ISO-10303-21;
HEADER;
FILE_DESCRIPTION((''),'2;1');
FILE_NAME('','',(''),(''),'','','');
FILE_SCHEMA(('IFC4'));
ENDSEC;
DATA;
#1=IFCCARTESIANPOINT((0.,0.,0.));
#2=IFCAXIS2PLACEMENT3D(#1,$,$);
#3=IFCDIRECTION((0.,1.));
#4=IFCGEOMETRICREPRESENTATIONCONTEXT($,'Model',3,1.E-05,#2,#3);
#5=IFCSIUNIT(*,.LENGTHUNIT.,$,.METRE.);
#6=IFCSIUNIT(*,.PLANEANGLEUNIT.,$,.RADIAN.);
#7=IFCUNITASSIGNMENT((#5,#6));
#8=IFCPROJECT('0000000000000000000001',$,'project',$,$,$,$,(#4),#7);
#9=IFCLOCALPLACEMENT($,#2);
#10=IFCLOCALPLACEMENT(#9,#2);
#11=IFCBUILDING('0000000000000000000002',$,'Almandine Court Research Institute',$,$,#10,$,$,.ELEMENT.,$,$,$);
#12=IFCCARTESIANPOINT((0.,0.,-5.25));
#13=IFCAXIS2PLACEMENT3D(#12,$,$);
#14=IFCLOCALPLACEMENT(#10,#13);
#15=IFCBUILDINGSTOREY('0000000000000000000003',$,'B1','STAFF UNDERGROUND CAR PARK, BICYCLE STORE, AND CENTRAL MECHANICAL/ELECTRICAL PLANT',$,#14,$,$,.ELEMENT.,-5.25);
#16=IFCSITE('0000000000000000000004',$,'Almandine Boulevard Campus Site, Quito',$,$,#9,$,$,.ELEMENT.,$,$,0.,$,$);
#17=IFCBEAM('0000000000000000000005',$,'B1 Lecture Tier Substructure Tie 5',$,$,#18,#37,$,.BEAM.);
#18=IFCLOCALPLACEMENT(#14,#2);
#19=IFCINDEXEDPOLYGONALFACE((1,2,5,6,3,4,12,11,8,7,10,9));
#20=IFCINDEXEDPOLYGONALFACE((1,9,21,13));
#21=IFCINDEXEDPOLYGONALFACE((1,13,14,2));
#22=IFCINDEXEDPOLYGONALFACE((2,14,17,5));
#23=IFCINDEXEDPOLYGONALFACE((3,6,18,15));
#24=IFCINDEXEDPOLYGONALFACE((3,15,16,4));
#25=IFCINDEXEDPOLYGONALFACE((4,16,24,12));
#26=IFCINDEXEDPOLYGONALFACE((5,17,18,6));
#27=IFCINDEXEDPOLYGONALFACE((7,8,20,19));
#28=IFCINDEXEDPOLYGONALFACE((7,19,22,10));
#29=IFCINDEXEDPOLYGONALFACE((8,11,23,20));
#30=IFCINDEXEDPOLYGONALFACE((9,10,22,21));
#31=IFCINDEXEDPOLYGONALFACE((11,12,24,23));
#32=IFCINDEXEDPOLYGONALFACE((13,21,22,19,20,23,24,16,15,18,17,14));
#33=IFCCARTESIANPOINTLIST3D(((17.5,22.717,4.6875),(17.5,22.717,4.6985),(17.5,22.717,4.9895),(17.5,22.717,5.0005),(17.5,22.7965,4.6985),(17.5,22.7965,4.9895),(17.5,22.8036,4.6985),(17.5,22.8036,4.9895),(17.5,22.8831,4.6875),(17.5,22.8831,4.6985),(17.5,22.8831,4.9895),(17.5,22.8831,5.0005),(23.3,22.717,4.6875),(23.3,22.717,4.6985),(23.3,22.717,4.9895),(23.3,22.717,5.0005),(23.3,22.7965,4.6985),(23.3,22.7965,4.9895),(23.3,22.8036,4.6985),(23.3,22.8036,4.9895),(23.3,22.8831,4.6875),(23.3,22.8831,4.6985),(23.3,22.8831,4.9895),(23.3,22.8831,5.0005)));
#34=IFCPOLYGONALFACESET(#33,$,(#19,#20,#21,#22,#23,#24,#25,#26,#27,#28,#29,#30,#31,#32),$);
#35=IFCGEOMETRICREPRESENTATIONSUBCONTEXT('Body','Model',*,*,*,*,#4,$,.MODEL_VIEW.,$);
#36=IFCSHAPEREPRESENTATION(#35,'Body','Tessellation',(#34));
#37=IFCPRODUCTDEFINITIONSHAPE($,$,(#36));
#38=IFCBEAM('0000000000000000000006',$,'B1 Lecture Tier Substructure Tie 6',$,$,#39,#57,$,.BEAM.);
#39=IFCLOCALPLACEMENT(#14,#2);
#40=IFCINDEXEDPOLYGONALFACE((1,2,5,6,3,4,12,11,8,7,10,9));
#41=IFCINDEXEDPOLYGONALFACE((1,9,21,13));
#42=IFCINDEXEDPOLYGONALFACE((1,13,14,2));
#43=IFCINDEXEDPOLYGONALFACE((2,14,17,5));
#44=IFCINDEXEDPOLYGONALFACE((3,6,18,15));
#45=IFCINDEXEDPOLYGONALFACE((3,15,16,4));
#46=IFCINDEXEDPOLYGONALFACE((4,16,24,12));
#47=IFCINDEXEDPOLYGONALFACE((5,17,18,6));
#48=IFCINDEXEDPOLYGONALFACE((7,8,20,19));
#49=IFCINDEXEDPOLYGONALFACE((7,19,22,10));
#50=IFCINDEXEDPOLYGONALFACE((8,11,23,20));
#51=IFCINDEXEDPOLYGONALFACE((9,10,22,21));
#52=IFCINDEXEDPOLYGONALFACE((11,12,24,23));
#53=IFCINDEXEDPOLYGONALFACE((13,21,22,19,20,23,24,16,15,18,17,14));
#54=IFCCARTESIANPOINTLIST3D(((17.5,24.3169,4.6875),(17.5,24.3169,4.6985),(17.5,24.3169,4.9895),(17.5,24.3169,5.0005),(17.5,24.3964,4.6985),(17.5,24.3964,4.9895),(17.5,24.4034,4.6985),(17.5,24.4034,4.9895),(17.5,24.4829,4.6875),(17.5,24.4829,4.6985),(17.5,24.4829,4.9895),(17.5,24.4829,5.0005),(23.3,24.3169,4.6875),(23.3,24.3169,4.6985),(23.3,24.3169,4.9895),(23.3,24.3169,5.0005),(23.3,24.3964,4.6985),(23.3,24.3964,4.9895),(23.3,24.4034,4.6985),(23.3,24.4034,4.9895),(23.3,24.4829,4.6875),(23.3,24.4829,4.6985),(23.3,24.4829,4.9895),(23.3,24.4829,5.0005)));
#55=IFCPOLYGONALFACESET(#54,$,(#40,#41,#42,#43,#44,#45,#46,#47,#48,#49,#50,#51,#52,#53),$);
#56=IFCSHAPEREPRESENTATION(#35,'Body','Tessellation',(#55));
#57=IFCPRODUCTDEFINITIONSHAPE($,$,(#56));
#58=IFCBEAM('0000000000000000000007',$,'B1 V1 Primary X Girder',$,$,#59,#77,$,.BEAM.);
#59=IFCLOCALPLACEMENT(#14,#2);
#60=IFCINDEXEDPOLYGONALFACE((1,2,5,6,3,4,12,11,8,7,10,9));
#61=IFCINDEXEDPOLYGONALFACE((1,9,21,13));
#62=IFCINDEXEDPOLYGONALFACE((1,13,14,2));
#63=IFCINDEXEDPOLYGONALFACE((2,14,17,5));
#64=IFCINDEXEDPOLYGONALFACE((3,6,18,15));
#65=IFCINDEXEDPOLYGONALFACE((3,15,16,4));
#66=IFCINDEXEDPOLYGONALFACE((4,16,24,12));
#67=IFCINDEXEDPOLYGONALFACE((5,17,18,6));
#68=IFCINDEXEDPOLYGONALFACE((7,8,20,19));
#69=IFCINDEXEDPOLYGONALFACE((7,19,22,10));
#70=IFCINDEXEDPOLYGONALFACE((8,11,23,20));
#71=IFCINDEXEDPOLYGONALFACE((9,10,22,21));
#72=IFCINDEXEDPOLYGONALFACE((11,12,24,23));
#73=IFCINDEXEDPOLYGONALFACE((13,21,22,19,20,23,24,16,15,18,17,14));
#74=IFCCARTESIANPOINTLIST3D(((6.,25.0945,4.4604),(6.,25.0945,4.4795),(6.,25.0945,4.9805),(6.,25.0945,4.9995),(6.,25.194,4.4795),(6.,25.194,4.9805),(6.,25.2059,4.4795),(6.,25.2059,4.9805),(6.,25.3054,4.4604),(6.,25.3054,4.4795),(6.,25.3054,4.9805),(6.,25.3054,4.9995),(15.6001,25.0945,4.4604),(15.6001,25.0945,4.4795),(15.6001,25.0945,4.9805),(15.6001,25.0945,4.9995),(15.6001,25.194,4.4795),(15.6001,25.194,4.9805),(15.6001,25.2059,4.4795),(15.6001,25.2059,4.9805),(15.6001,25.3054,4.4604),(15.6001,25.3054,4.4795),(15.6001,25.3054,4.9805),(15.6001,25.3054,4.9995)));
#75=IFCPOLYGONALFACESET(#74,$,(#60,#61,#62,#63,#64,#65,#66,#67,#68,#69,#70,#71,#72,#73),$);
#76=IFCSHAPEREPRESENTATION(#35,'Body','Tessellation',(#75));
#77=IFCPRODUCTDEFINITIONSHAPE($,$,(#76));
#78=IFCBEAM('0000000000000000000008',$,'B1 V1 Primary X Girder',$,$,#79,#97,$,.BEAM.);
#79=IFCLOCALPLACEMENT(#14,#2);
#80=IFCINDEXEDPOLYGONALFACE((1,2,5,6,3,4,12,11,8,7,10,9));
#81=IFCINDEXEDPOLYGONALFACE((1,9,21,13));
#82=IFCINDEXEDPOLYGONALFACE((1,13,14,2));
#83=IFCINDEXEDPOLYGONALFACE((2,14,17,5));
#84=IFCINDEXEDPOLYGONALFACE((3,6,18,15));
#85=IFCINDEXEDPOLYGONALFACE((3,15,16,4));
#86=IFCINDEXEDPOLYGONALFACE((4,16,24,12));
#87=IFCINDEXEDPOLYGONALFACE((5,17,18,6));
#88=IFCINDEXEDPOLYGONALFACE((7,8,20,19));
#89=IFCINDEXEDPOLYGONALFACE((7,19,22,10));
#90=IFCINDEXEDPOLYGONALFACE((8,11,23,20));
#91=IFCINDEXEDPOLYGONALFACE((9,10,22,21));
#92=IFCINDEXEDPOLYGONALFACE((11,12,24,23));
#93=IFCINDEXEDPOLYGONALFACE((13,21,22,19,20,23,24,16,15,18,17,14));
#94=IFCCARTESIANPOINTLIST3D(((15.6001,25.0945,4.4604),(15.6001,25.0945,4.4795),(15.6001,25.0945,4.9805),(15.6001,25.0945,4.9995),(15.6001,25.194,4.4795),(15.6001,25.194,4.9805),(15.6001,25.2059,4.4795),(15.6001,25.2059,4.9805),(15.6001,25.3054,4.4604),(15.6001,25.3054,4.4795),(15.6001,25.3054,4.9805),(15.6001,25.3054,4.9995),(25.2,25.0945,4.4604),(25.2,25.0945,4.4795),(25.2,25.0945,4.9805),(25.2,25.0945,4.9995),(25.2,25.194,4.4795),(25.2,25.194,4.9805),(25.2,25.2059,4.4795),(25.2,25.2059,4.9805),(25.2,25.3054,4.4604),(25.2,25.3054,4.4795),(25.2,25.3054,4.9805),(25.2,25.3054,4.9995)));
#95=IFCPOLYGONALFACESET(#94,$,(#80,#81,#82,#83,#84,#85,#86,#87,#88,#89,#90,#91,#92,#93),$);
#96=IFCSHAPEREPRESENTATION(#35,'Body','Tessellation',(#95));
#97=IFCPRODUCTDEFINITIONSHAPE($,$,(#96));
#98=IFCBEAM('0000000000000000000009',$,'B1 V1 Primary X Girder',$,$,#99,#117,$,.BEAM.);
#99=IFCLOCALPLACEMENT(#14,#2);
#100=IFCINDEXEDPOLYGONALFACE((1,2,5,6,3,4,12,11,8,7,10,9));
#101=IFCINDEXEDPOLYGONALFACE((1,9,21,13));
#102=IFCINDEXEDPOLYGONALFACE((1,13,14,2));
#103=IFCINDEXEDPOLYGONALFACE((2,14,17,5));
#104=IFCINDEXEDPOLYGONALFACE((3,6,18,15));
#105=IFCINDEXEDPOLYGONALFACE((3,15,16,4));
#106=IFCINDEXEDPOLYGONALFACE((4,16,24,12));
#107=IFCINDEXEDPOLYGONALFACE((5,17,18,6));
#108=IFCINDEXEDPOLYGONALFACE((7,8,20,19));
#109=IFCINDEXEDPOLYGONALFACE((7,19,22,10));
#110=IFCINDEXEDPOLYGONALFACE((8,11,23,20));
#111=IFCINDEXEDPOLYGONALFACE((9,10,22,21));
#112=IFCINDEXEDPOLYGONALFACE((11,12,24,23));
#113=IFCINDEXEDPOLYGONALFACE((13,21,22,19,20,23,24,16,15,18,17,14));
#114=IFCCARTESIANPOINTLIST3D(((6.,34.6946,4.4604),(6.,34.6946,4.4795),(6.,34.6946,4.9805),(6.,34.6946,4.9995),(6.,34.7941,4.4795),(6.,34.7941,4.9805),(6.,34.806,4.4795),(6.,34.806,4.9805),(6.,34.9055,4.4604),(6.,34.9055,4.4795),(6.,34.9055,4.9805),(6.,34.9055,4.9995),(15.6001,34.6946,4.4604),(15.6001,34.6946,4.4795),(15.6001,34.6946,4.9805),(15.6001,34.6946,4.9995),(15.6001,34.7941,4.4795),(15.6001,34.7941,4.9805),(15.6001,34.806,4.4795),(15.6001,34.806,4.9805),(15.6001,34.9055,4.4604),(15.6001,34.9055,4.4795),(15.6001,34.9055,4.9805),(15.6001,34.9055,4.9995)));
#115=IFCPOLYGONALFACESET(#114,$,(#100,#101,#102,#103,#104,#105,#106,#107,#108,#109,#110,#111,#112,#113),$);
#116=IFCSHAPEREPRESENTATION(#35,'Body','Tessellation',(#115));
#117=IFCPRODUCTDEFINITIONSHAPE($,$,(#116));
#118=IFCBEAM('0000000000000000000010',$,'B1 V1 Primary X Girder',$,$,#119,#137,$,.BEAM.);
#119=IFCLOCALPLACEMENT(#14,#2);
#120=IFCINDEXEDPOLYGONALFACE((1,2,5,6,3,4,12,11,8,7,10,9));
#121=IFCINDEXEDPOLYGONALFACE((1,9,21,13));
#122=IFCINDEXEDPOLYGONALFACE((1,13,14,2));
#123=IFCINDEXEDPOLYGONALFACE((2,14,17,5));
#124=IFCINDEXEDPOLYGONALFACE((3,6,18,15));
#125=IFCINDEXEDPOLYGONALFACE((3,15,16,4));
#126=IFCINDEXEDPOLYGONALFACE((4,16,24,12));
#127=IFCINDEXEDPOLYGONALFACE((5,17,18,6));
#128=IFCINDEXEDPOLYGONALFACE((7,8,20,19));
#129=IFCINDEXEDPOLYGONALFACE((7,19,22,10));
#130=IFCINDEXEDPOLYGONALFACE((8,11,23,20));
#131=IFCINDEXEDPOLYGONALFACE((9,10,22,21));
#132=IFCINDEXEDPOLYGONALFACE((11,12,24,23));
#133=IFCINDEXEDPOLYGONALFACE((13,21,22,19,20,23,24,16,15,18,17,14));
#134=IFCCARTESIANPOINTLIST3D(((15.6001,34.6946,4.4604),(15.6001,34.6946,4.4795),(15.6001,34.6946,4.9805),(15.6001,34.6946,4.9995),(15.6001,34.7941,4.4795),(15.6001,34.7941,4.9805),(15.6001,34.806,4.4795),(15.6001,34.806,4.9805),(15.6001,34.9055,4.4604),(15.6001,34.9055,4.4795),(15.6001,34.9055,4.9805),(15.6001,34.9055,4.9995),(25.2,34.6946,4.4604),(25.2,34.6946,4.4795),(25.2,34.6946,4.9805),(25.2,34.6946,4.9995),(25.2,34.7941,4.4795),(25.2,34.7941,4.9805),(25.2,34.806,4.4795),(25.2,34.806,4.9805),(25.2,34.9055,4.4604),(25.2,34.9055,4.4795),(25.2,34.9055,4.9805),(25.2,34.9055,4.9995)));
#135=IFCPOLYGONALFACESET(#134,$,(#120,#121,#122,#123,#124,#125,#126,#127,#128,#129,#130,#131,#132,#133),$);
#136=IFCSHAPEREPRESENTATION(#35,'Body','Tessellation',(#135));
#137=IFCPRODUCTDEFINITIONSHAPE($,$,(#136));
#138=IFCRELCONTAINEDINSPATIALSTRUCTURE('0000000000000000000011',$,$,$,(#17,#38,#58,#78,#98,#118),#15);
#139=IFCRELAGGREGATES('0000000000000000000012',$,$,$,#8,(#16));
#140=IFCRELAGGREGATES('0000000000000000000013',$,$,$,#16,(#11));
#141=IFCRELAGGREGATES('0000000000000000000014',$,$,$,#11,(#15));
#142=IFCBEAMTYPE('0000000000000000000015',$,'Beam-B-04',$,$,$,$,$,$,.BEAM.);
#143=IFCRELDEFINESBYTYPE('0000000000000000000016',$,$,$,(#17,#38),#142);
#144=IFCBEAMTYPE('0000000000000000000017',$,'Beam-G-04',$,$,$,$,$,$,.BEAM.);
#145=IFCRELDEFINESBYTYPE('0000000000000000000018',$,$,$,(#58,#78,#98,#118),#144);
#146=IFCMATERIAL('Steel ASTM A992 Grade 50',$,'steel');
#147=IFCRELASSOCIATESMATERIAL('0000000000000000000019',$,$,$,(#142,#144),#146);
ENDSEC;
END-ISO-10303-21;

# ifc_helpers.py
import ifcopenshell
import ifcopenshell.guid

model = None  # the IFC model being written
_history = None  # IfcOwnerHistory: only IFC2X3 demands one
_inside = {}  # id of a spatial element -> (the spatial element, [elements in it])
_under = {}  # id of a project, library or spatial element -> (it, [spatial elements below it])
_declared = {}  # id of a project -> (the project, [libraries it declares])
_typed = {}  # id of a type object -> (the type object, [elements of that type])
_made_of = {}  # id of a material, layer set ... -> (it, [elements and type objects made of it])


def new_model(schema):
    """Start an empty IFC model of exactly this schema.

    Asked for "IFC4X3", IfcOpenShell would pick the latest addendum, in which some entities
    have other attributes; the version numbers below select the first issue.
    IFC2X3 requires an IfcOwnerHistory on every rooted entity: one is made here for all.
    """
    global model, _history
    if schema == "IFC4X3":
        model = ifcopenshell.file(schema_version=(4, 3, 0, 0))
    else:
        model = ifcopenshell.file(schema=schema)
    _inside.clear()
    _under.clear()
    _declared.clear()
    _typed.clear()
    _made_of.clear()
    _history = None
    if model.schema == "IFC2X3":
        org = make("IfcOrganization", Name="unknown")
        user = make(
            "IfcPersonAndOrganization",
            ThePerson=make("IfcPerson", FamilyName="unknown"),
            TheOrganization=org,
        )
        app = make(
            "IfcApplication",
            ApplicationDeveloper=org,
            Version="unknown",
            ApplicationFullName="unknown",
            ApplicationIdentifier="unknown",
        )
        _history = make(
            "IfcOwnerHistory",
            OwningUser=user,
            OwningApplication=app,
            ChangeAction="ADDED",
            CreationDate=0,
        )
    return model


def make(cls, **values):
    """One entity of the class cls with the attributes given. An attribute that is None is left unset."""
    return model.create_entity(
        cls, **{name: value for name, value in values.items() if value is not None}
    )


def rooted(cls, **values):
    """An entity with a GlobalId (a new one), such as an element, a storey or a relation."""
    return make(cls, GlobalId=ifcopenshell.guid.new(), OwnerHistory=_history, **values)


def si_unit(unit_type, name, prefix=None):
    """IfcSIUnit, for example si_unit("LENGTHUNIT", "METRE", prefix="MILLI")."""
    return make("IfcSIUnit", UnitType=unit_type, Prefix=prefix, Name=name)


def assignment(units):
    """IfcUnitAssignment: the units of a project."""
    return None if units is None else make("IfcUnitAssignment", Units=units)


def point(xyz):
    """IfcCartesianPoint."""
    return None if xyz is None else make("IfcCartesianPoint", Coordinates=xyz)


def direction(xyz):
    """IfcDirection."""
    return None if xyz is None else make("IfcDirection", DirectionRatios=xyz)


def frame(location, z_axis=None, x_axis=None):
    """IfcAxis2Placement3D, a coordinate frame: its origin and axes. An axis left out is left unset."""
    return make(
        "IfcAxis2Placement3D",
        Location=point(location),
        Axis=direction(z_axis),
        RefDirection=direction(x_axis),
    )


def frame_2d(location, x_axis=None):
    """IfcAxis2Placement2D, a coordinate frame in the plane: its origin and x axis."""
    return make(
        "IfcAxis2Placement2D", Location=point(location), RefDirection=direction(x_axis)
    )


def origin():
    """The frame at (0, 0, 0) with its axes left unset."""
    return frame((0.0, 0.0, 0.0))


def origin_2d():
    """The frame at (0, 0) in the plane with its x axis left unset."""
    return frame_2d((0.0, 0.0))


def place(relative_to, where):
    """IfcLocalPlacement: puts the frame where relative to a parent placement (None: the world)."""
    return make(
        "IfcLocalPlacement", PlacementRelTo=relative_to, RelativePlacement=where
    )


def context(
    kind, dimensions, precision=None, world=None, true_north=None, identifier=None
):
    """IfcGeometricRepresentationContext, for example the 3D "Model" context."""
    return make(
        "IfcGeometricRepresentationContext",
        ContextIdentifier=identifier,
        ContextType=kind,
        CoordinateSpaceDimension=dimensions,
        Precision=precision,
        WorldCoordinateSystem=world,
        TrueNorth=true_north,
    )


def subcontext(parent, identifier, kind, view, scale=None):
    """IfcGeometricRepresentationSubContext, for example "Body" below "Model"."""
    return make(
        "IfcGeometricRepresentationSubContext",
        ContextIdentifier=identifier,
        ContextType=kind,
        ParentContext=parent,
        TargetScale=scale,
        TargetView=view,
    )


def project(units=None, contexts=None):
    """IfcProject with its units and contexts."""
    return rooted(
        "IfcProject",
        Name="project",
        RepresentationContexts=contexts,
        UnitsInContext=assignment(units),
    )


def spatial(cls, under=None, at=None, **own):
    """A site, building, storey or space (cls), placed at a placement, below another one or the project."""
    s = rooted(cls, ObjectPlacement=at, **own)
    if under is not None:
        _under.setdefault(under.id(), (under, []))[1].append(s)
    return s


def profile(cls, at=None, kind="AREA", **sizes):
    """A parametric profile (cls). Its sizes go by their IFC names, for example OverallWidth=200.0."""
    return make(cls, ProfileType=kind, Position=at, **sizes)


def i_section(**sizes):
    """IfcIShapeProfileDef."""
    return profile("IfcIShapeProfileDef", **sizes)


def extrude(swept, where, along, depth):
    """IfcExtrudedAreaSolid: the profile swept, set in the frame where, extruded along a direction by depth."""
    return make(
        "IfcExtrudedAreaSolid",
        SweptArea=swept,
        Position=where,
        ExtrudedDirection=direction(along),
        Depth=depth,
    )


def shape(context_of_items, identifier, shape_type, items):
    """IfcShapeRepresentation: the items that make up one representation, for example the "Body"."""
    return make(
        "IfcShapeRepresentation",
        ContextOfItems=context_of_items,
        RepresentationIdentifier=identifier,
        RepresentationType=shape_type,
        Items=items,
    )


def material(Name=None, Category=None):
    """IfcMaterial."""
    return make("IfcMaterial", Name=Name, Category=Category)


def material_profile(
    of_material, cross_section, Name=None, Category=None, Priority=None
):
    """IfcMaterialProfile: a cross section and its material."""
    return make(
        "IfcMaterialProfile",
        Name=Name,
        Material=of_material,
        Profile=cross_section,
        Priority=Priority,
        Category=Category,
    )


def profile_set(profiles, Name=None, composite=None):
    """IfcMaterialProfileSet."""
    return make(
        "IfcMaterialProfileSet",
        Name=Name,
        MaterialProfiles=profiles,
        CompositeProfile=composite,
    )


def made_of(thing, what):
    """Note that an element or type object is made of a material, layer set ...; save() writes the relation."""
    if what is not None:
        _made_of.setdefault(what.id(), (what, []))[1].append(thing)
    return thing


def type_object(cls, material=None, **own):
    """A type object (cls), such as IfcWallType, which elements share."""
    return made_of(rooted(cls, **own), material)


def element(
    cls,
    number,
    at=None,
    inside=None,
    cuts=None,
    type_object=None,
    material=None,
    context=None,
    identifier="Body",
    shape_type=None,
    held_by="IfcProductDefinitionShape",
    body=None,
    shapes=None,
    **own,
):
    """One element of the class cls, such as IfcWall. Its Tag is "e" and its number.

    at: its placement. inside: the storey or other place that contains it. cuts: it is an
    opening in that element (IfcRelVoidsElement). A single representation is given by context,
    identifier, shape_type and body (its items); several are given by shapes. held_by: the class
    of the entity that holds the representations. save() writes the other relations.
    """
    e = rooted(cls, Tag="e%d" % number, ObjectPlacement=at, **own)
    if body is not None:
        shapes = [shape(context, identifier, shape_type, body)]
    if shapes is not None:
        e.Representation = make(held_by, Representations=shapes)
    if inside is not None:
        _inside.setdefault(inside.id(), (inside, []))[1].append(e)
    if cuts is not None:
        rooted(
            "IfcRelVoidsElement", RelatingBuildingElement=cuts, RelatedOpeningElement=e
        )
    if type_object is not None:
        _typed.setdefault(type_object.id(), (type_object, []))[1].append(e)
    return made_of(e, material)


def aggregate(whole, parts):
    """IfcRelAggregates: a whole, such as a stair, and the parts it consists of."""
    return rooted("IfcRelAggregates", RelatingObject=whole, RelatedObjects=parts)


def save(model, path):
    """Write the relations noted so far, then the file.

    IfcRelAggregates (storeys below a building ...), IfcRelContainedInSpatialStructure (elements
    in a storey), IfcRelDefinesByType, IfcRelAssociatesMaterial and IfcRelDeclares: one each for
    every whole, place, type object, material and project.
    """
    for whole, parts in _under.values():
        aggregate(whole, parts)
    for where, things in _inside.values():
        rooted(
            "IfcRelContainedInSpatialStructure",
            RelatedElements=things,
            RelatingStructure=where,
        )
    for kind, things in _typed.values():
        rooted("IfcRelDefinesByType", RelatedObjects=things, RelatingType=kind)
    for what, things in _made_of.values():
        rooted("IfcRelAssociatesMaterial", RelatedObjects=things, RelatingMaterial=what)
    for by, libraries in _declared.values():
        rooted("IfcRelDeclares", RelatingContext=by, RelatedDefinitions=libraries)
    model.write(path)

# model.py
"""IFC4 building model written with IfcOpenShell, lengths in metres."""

from ifc_helpers import new_model, si_unit, direction, frame, origin, origin_2d, place, context, subcontext, project, spatial, i_section, extrude, material, material_profile, profile_set, type_object, element, save


model = new_model("IFC4")

# Units and contexts
model_context = context("Model", 3, precision=1e-05, world=origin(), true_north=direction((0.0, 1.0)))
body_context = subcontext(model_context, "Body", "Model", "MODEL_VIEW")
ifc_project = project(units=[si_unit("LENGTHUNIT", "METRE"), si_unit("PLANEANGLEUNIT", "RADIAN")], contexts=[model_context])

# Site, building, storey
site_placement = place(None, origin())
site = spatial("IfcSite", under=ifc_project, at=site_placement, Name="Almandine Boulevard Campus Site, Quito", CompositionType="ELEMENT", RefElevation=0.0)
building_placement = place(site_placement, origin())
building = spatial("IfcBuilding", under=site, at=building_placement, Name="Almandine Court Research Institute", CompositionType="ELEMENT")
storey_placement = place(building_placement, frame((0.0, 0.0, -5.25)))
storey = spatial("IfcBuildingStorey", under=building, at=storey_placement, Name="B1", Description="STAFF UNDERGROUND CAR PARK, BICYCLE STORE, AND CENTRAL MECHANICAL/ELECTRICAL PLANT", CompositionType="ELEMENT", Elevation=-5.25)

# Beams
ifc_material_1 = material(Name="Steel ASTM A992 Grade 50", Category="steel")
ifc_material_profile_1 = material_profile(ifc_material_1, i_section(OverallWidth=0.166, OverallDepth=0.313, WebThickness=0.0071, FlangeThickness=0.011, at=origin_2d()), Name="W310x45")
ifc_profile_set_1 = profile_set([ifc_material_profile_1], Name="Steel ASTM A992 Grade 50")
beam_type_1 = type_object("IfcBeamType", Name="Beam-B-04", PredefinedType="BEAM", material=ifc_profile_set_1)
for number, where, z_axis, x_axis, name in (
    (1, (17.5, 22.8, 4.844), (1.0, 0.0, 0.0), (0.0, 1.0, 0.0), "B1 Lecture Tier Substructure Tie 5"),
    (2, (17.5, 24.3999, 4.844), (1.0, 0.0, 0.0), (0.0, 1.0, 0.0), "B1 Lecture Tier Substructure Tie 6"),
):
    element("IfcBeam", number, at=place(storey_placement, frame(where, z_axis=z_axis, x_axis=x_axis)), inside=storey, type_object=beam_type_1, Name=name, PredefinedType="BEAM", context=body_context, shape_type="SweptSolid", body=[
        extrude(i_section(OverallWidth=0.166, OverallDepth=0.313, WebThickness=0.0071, FlangeThickness=0.011, at=origin_2d()), origin(), (0.0, 0.0, 1.0), 5.8),
    ])
ifc_material_profile_2 = material_profile(ifc_material_1, i_section(OverallWidth=0.2109, OverallDepth=0.5391, WebThickness=0.012, FlangeThickness=0.019, at=origin_2d()), Name="W530x109")
ifc_profile_set_2 = profile_set([ifc_material_profile_2], Name="Steel ASTM A992 Grade 50")
beam_type_2 = type_object("IfcBeamType", Name="Beam-G-04", PredefinedType="BEAM", material=ifc_profile_set_2)
beam_1_placement = place(storey_placement, frame((6.0, 25.2, 4.73), z_axis=(1.0, 0.0, 0.0), x_axis=(0.0, 1.0, 0.0)))
element("IfcBeam", 3, at=beam_1_placement, inside=storey, type_object=beam_type_2, Name="B1 V1 Primary X Girder", PredefinedType="BEAM", context=body_context, shape_type="SweptSolid", body=[
    extrude(i_section(OverallWidth=0.2109, OverallDepth=0.5391, WebThickness=0.012, FlangeThickness=0.019, at=origin_2d()), origin(), (0.0, 0.0, 1.0), 9.6001),
])
beam_2_placement = place(storey_placement, frame((15.6001, 25.2, 4.73), z_axis=(1.0, 0.0, 0.0), x_axis=(0.0, 1.0, 0.0)))
element("IfcBeam", 4, at=beam_2_placement, inside=storey, type_object=beam_type_2, Name="B1 V1 Primary X Girder", PredefinedType="BEAM", context=body_context, shape_type="SweptSolid", body=[
    extrude(i_section(OverallWidth=0.2109, OverallDepth=0.5391, WebThickness=0.012, FlangeThickness=0.019, at=origin_2d()), origin(), (0.0, 0.0, 1.0), 9.5999),
])
beam_3_placement = place(storey_placement, frame((6.0, 34.8, 4.73), z_axis=(1.0, 0.0, 0.0), x_axis=(0.0, 1.0, 0.0)))
element("IfcBeam", 5, at=beam_3_placement, inside=storey, type_object=beam_type_2, Name="B1 V1 Primary X Girder", PredefinedType="BEAM", context=body_context, shape_type="SweptSolid", body=[
    extrude(i_section(OverallWidth=0.2109, OverallDepth=0.5391, WebThickness=0.012, FlangeThickness=0.019, at=origin_2d()), origin(), (0.0, 0.0, 1.0), 9.6001),
])
beam_4_placement = place(storey_placement, frame((15.6001, 34.8, 4.73), z_axis=(1.0, 0.0, 0.0), x_axis=(0.0, 1.0, 0.0)))
element("IfcBeam", 6, at=beam_4_placement, inside=storey, type_object=beam_type_2, Name="B1 V1 Primary X Girder", PredefinedType="BEAM", context=body_context, shape_type="SweptSolid", body=[
    extrude(i_section(OverallWidth=0.2109, OverallDepth=0.5391, WebThickness=0.012, FlangeThickness=0.019, at=origin_2d()), origin(), (0.0, 0.0, 1.0), 9.5999),
])

save(model, "model.ifc")
